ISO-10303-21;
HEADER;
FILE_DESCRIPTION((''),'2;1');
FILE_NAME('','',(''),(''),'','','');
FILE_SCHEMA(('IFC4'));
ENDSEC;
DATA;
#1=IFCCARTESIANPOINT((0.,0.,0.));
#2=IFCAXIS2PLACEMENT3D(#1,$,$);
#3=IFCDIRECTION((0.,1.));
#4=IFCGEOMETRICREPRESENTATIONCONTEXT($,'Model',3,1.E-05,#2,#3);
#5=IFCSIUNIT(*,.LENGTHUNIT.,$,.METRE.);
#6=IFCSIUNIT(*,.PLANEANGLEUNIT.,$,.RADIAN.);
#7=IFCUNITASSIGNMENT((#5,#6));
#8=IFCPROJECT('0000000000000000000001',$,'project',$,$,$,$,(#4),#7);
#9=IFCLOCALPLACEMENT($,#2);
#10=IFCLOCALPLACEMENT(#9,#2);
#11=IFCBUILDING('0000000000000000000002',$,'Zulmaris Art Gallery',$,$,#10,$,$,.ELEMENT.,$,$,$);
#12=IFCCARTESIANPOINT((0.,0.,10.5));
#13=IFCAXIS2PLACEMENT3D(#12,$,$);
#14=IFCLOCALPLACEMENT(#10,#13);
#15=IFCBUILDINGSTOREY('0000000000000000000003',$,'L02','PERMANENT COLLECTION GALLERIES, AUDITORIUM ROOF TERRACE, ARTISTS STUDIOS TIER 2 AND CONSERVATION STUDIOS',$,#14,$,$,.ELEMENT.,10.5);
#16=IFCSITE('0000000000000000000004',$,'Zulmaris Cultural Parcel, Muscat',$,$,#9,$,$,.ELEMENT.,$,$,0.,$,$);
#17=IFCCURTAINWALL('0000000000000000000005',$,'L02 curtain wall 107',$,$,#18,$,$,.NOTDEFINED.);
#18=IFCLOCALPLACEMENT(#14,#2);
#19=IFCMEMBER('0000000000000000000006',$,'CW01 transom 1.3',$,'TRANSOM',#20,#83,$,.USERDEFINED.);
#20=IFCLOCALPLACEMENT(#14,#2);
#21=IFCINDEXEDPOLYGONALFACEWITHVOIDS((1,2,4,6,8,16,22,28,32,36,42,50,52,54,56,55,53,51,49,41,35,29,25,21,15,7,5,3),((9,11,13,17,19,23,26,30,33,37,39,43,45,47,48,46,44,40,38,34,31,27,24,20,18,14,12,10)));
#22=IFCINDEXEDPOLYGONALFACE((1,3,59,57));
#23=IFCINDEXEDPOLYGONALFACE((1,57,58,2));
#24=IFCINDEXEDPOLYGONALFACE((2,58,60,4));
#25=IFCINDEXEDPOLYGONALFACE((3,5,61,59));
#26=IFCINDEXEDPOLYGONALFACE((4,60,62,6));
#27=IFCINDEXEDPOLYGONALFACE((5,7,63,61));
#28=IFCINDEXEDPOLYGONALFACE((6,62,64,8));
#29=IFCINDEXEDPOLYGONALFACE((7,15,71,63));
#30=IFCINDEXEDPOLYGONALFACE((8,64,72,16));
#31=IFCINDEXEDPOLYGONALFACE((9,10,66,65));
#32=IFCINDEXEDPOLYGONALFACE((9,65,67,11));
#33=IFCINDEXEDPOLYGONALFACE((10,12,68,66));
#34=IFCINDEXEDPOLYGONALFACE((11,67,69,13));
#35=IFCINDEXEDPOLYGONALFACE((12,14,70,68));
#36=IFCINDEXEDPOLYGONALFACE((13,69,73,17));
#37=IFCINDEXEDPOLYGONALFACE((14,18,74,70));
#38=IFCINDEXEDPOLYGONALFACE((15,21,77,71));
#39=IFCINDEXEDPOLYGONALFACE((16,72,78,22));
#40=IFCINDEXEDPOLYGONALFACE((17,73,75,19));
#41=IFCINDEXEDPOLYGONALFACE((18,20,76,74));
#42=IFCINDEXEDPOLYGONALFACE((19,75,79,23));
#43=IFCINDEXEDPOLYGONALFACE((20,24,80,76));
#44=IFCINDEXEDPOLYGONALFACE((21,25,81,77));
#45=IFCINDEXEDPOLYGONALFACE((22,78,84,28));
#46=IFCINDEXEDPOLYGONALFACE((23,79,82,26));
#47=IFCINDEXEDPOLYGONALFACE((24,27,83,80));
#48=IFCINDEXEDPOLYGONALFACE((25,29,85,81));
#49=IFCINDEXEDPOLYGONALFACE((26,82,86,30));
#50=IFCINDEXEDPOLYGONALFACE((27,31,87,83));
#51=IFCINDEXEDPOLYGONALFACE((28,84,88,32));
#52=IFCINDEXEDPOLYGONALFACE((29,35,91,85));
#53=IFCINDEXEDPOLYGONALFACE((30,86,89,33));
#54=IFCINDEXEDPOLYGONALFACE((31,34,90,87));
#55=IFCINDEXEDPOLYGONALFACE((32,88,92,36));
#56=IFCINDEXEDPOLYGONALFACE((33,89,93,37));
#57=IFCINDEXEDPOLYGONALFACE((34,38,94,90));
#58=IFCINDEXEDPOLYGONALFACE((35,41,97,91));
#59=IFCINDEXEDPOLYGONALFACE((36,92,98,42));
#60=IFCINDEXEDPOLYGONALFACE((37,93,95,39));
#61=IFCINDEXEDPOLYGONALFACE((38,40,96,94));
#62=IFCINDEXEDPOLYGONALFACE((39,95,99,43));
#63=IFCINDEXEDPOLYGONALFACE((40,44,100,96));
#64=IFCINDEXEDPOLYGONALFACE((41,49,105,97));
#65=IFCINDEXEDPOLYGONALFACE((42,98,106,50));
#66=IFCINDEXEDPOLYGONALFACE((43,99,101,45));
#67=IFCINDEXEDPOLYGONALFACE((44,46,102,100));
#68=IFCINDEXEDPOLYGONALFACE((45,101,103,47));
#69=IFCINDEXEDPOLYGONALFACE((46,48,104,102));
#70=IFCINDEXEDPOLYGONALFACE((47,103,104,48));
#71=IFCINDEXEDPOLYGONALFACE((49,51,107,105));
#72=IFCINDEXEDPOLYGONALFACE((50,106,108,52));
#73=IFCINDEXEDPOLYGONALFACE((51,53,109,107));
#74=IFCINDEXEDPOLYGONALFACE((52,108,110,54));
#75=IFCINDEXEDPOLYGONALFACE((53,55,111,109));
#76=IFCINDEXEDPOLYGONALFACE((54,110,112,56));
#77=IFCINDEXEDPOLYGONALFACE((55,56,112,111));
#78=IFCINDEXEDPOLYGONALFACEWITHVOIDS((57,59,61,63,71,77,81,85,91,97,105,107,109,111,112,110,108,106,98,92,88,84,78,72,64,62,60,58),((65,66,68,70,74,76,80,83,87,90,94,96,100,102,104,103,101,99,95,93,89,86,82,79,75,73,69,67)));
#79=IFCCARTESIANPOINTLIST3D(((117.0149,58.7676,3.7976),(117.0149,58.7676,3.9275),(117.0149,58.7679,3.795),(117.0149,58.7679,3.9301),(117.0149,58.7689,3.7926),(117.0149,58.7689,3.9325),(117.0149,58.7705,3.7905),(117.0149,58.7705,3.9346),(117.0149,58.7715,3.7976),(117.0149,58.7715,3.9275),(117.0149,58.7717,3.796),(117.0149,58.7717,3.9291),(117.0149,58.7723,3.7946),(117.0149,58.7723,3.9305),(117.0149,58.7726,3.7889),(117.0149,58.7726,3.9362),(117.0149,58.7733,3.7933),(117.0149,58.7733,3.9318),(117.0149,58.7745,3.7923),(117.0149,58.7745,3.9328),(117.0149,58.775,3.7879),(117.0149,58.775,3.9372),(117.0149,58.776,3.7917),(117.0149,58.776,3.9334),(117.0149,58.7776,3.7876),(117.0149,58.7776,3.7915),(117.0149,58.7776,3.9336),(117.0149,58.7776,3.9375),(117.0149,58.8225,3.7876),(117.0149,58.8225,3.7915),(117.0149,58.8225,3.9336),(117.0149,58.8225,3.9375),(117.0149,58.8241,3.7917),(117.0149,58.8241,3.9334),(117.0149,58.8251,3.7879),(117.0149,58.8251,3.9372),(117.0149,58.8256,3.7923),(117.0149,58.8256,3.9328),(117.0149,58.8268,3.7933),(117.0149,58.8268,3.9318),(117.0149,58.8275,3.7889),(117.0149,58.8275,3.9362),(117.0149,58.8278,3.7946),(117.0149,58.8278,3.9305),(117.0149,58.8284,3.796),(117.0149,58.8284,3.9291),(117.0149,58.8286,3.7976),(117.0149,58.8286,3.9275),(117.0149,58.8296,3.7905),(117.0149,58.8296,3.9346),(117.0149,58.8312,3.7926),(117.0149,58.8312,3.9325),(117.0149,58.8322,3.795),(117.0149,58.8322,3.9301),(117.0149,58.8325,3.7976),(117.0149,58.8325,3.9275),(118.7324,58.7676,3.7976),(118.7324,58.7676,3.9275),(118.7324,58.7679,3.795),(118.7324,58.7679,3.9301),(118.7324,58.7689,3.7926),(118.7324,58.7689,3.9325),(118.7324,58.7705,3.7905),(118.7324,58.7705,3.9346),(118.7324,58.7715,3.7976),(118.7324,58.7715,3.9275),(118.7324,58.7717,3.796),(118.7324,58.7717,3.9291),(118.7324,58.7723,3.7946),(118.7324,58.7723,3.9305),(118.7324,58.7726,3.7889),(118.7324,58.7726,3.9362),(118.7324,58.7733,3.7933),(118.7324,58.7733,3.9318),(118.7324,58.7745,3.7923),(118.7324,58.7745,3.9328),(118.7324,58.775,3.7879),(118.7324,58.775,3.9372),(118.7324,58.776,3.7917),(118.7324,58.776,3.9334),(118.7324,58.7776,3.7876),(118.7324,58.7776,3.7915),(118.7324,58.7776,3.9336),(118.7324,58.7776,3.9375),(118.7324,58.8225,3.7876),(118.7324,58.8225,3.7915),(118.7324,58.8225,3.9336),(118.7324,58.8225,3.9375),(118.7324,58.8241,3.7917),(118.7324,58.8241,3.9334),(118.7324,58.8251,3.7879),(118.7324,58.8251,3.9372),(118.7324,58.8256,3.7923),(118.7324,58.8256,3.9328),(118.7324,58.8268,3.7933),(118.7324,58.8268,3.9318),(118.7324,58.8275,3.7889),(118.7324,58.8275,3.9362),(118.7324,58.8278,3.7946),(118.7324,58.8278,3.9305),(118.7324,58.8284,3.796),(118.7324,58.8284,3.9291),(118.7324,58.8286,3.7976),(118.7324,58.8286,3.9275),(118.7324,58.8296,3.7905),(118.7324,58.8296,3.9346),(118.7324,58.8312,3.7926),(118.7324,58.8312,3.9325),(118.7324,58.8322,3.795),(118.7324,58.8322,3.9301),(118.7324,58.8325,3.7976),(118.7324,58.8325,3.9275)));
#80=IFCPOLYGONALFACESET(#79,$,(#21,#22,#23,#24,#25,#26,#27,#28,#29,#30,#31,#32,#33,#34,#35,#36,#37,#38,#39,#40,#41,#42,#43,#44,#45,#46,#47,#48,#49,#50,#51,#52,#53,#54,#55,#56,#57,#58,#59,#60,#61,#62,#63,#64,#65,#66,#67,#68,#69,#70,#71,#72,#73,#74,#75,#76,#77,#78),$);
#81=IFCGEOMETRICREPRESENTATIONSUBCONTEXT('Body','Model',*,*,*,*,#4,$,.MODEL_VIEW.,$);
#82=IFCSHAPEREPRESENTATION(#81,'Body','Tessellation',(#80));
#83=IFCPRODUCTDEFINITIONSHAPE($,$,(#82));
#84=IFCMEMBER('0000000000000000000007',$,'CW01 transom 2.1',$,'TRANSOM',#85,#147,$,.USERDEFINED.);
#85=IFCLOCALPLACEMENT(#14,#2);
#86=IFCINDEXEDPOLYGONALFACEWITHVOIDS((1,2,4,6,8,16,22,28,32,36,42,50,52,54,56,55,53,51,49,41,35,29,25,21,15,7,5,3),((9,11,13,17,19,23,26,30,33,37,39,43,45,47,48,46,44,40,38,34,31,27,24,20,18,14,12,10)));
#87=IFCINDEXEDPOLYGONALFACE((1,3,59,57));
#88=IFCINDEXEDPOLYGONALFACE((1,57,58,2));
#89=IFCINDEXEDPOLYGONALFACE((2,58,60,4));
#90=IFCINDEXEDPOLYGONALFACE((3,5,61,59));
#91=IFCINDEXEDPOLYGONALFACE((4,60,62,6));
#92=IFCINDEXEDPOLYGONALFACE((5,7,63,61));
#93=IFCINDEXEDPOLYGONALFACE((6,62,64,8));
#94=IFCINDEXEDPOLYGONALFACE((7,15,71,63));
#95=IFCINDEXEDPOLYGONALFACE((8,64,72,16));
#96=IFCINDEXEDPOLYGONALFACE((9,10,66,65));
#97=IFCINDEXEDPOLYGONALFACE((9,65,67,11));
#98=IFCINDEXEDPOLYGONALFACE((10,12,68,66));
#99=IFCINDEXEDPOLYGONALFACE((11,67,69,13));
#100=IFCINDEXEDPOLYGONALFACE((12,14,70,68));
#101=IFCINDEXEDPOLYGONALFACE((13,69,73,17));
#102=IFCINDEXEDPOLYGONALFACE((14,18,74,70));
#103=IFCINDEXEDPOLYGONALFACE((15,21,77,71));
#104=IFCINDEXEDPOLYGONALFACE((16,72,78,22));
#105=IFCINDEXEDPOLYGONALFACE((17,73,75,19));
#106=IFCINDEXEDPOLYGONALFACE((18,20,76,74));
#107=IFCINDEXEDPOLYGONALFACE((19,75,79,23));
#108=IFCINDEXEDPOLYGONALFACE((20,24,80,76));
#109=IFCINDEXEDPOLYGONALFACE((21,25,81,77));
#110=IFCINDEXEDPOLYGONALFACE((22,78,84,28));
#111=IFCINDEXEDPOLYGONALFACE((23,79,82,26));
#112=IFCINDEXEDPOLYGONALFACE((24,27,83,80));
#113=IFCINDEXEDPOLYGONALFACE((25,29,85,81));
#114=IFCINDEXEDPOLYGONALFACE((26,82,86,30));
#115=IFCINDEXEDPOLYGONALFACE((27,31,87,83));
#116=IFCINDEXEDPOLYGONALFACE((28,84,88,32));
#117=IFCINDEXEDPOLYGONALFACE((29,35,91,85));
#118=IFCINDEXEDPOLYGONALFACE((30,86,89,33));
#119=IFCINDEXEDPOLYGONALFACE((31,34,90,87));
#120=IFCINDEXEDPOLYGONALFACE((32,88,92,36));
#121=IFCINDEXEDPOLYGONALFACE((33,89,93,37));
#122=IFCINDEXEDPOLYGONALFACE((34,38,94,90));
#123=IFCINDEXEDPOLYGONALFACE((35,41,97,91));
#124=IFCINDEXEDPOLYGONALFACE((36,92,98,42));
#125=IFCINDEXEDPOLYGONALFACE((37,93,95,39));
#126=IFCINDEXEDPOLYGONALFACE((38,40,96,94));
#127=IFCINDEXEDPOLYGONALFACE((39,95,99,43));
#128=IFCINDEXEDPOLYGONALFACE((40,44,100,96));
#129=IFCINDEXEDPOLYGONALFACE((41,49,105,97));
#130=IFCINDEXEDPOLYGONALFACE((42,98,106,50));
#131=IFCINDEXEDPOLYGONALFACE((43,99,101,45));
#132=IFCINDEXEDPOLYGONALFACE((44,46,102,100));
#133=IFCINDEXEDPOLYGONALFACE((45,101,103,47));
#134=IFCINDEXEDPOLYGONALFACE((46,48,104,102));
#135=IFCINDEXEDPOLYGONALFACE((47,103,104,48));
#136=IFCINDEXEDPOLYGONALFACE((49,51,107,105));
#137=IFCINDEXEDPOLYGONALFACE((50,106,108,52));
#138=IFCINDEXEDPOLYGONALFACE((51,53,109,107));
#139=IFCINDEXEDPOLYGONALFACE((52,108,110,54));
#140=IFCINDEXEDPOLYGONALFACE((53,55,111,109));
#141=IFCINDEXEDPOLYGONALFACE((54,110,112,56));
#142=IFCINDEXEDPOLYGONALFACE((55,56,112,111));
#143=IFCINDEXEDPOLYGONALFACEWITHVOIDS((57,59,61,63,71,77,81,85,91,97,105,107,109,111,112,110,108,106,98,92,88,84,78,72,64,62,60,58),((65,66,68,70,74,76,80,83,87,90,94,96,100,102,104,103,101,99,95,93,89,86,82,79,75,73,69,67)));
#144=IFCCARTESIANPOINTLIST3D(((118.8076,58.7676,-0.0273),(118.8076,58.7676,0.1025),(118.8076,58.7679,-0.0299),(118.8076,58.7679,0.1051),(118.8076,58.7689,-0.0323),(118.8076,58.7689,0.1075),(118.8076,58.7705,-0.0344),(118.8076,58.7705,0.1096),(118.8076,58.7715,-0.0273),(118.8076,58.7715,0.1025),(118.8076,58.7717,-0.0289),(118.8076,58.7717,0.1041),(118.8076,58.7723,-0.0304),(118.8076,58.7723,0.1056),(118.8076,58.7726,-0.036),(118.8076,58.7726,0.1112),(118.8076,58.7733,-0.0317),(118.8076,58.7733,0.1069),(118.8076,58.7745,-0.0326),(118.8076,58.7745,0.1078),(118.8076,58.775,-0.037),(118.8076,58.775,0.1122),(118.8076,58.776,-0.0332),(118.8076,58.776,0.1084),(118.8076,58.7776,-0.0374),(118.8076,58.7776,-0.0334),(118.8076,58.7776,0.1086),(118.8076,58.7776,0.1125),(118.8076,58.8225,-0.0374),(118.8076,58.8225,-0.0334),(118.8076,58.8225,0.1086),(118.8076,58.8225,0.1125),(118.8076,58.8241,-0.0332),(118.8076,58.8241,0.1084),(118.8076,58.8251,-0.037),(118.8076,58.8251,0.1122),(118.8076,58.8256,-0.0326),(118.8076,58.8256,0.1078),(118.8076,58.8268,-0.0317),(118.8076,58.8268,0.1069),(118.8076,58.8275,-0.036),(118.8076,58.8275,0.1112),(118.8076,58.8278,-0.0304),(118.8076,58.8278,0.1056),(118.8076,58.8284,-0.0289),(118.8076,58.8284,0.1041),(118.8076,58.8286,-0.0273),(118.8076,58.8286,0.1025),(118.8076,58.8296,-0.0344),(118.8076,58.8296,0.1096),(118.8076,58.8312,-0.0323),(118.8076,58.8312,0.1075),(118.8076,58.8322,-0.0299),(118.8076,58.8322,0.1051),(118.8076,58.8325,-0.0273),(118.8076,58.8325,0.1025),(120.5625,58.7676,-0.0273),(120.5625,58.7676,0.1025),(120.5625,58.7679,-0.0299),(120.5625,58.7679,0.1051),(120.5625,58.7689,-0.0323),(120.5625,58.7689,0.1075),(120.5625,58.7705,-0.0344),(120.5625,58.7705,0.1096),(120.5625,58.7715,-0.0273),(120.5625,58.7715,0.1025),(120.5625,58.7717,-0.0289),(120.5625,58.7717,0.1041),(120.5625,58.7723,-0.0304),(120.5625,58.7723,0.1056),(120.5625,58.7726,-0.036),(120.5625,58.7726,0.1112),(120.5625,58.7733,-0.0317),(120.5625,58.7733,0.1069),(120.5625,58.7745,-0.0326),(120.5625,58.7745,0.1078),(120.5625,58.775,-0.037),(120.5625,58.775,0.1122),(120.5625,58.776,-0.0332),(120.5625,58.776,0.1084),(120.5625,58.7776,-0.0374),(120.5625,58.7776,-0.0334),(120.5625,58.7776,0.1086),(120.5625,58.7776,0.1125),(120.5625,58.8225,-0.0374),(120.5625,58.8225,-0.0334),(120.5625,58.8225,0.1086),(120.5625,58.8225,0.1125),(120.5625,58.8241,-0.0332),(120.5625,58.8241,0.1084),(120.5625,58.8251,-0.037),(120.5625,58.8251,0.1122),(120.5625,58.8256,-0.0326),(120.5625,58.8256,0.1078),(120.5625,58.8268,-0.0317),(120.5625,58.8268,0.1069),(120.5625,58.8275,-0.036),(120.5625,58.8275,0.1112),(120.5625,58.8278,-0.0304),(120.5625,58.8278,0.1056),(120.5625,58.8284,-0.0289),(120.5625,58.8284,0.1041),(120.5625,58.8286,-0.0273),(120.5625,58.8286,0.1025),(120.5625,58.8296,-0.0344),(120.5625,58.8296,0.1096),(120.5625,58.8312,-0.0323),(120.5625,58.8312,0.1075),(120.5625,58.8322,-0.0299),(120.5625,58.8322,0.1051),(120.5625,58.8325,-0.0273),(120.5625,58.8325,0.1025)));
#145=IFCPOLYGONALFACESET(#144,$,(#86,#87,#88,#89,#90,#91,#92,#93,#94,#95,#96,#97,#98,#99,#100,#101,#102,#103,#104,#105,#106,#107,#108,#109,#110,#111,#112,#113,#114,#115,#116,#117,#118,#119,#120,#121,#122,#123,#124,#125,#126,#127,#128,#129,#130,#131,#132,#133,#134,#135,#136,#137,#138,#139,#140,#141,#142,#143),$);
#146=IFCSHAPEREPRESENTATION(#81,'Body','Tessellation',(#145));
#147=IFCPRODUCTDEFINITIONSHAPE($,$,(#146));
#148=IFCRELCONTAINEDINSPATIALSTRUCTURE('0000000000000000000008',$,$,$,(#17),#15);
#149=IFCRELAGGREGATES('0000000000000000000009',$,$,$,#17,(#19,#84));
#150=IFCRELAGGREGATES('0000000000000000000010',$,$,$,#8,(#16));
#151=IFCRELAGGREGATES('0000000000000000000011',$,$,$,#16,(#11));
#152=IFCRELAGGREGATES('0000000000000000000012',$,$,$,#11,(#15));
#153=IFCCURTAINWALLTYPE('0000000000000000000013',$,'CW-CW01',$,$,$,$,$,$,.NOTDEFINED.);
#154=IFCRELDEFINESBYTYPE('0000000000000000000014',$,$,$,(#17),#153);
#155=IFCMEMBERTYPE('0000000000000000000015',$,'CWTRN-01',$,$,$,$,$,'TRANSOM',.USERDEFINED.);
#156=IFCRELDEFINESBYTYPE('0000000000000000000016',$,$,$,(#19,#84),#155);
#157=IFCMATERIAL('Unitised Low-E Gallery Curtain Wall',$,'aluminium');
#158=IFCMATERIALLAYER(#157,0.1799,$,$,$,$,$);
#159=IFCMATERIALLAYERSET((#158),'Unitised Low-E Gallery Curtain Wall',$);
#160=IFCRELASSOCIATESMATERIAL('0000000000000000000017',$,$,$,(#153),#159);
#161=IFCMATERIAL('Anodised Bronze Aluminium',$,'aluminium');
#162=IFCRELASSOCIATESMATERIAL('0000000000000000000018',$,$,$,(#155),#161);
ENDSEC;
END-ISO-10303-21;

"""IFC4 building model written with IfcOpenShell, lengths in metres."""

from ifc_helpers import new_model, si_unit, direction, frame, origin, origin_2d, place, context, subcontext, project, spatial, hollow_rectangle, extrude, material, layer, layer_set, material_profile, profile_set, type_object, element, aggregate, save


model = new_model("IFC4")

# Units and contexts
model_context = context("Model", 3, precision=1e-05, world=origin(), true_north=direction((0.0, 1.0)))
body_context = subcontext(model_context, "Body", "Model", "MODEL_VIEW")
ifc_project = project(units=[si_unit("LENGTHUNIT", "METRE"), si_unit("PLANEANGLEUNIT", "RADIAN")], contexts=[model_context])

# Site, building, storey
site_placement = place(None, origin())
site = spatial("IfcSite", under=ifc_project, at=site_placement, Name="Zulmaris Cultural Parcel, Muscat", CompositionType="ELEMENT", RefElevation=0.0)
building_placement = place(site_placement, origin())
building = spatial("IfcBuilding", under=site, at=building_placement, Name="Zulmaris Art Gallery", CompositionType="ELEMENT")
storey_placement = place(building_placement, frame((0.0, 0.0, 10.5)))
storey = spatial("IfcBuildingStorey", under=building, at=storey_placement, Name="L02", Description="PERMANENT COLLECTION GALLERIES, AUDITORIUM ROOF TERRACE, ARTISTS STUDIOS TIER 2 AND CONSERVATION STUDIOS", CompositionType="ELEMENT", Elevation=10.5)

# Curtain wall
ifc_material_1 = material(Name="Unitised Low-E Gallery Curtain Wall", Category="aluminium")
ifc_layer_1 = layer(ifc_material_1, 0.1799)
ifc_layer_set_1 = layer_set([ifc_layer_1], Name="Unitised Low-E Gallery Curtain Wall")
curtain_wall_type = type_object("IfcCurtainWallType", Name="CW-CW01", PredefinedType="NOTDEFINED", material=ifc_layer_set_1)
curtain_wall_1_placement = place(storey_placement, origin())
curtain_wall_1 = element("IfcCurtainWall", 1, at=curtain_wall_1_placement, inside=storey, type_object=curtain_wall_type, Name="L02 curtain wall 107", PredefinedType="NOTDEFINED")
ifc_material_2 = material(Name="Anodised Bronze Aluminium", Category="aluminium")

# Members
ifc_material_profile_1 = material_profile(ifc_material_2, hollow_rectangle(XDim=0.0649, YDim=0.1499, WallThickness=0.0039, InnerFilletRadius=0.0061, OuterFilletRadius=0.01, at=origin_2d()), Name="ALU 65x150x4")
ifc_profile_set_1 = profile_set([ifc_material_profile_1], Name="Anodised Bronze Aluminium")
member_type_1 = type_object("IfcMemberType", Name="CWTRN-01", ElementType="TRANSOM", PredefinedType="USERDEFINED", material=ifc_profile_set_1)
member_1_placement = place(storey_placement, frame((117.0149, 58.8, 3.8625), z_axis=(1.0, 0.0, 0.0), x_axis=(0.0, 1.0, 0.0)))
member_1 = element("IfcMember", 2, at=member_1_placement, type_object=member_type_1, Name="CW01 transom 1.3", ObjectType="TRANSOM", PredefinedType="USERDEFINED", context=body_context, shape_type="SweptSolid", body=[
    extrude(hollow_rectangle(XDim=0.0649, YDim=0.1499, WallThickness=0.0039, InnerFilletRadius=0.0061, OuterFilletRadius=0.01, at=origin_2d()), origin(), (0.0, 0.0, 1.0), 1.7175),
])
member_2_placement = place(storey_placement, frame((118.8076, 58.8, 0.0376), z_axis=(1.0, 0.0, 0.0), x_axis=(0.0, 1.0, 0.0)))
member_2 = element("IfcMember", 3, at=member_2_placement, type_object=member_type_1, Name="CW01 transom 2.1", ObjectType="TRANSOM", PredefinedType="USERDEFINED", context=body_context, shape_type="SweptSolid", body=[
    extrude(hollow_rectangle(XDim=0.0649, YDim=0.1499, WallThickness=0.0039, InnerFilletRadius=0.0061, OuterFilletRadius=0.01, at=origin_2d()), origin(), (0.0, 0.0, 1.0), 1.7549),
])

aggregate(curtain_wall_1, [member_1, member_2])

save(model, "model.ifc")
